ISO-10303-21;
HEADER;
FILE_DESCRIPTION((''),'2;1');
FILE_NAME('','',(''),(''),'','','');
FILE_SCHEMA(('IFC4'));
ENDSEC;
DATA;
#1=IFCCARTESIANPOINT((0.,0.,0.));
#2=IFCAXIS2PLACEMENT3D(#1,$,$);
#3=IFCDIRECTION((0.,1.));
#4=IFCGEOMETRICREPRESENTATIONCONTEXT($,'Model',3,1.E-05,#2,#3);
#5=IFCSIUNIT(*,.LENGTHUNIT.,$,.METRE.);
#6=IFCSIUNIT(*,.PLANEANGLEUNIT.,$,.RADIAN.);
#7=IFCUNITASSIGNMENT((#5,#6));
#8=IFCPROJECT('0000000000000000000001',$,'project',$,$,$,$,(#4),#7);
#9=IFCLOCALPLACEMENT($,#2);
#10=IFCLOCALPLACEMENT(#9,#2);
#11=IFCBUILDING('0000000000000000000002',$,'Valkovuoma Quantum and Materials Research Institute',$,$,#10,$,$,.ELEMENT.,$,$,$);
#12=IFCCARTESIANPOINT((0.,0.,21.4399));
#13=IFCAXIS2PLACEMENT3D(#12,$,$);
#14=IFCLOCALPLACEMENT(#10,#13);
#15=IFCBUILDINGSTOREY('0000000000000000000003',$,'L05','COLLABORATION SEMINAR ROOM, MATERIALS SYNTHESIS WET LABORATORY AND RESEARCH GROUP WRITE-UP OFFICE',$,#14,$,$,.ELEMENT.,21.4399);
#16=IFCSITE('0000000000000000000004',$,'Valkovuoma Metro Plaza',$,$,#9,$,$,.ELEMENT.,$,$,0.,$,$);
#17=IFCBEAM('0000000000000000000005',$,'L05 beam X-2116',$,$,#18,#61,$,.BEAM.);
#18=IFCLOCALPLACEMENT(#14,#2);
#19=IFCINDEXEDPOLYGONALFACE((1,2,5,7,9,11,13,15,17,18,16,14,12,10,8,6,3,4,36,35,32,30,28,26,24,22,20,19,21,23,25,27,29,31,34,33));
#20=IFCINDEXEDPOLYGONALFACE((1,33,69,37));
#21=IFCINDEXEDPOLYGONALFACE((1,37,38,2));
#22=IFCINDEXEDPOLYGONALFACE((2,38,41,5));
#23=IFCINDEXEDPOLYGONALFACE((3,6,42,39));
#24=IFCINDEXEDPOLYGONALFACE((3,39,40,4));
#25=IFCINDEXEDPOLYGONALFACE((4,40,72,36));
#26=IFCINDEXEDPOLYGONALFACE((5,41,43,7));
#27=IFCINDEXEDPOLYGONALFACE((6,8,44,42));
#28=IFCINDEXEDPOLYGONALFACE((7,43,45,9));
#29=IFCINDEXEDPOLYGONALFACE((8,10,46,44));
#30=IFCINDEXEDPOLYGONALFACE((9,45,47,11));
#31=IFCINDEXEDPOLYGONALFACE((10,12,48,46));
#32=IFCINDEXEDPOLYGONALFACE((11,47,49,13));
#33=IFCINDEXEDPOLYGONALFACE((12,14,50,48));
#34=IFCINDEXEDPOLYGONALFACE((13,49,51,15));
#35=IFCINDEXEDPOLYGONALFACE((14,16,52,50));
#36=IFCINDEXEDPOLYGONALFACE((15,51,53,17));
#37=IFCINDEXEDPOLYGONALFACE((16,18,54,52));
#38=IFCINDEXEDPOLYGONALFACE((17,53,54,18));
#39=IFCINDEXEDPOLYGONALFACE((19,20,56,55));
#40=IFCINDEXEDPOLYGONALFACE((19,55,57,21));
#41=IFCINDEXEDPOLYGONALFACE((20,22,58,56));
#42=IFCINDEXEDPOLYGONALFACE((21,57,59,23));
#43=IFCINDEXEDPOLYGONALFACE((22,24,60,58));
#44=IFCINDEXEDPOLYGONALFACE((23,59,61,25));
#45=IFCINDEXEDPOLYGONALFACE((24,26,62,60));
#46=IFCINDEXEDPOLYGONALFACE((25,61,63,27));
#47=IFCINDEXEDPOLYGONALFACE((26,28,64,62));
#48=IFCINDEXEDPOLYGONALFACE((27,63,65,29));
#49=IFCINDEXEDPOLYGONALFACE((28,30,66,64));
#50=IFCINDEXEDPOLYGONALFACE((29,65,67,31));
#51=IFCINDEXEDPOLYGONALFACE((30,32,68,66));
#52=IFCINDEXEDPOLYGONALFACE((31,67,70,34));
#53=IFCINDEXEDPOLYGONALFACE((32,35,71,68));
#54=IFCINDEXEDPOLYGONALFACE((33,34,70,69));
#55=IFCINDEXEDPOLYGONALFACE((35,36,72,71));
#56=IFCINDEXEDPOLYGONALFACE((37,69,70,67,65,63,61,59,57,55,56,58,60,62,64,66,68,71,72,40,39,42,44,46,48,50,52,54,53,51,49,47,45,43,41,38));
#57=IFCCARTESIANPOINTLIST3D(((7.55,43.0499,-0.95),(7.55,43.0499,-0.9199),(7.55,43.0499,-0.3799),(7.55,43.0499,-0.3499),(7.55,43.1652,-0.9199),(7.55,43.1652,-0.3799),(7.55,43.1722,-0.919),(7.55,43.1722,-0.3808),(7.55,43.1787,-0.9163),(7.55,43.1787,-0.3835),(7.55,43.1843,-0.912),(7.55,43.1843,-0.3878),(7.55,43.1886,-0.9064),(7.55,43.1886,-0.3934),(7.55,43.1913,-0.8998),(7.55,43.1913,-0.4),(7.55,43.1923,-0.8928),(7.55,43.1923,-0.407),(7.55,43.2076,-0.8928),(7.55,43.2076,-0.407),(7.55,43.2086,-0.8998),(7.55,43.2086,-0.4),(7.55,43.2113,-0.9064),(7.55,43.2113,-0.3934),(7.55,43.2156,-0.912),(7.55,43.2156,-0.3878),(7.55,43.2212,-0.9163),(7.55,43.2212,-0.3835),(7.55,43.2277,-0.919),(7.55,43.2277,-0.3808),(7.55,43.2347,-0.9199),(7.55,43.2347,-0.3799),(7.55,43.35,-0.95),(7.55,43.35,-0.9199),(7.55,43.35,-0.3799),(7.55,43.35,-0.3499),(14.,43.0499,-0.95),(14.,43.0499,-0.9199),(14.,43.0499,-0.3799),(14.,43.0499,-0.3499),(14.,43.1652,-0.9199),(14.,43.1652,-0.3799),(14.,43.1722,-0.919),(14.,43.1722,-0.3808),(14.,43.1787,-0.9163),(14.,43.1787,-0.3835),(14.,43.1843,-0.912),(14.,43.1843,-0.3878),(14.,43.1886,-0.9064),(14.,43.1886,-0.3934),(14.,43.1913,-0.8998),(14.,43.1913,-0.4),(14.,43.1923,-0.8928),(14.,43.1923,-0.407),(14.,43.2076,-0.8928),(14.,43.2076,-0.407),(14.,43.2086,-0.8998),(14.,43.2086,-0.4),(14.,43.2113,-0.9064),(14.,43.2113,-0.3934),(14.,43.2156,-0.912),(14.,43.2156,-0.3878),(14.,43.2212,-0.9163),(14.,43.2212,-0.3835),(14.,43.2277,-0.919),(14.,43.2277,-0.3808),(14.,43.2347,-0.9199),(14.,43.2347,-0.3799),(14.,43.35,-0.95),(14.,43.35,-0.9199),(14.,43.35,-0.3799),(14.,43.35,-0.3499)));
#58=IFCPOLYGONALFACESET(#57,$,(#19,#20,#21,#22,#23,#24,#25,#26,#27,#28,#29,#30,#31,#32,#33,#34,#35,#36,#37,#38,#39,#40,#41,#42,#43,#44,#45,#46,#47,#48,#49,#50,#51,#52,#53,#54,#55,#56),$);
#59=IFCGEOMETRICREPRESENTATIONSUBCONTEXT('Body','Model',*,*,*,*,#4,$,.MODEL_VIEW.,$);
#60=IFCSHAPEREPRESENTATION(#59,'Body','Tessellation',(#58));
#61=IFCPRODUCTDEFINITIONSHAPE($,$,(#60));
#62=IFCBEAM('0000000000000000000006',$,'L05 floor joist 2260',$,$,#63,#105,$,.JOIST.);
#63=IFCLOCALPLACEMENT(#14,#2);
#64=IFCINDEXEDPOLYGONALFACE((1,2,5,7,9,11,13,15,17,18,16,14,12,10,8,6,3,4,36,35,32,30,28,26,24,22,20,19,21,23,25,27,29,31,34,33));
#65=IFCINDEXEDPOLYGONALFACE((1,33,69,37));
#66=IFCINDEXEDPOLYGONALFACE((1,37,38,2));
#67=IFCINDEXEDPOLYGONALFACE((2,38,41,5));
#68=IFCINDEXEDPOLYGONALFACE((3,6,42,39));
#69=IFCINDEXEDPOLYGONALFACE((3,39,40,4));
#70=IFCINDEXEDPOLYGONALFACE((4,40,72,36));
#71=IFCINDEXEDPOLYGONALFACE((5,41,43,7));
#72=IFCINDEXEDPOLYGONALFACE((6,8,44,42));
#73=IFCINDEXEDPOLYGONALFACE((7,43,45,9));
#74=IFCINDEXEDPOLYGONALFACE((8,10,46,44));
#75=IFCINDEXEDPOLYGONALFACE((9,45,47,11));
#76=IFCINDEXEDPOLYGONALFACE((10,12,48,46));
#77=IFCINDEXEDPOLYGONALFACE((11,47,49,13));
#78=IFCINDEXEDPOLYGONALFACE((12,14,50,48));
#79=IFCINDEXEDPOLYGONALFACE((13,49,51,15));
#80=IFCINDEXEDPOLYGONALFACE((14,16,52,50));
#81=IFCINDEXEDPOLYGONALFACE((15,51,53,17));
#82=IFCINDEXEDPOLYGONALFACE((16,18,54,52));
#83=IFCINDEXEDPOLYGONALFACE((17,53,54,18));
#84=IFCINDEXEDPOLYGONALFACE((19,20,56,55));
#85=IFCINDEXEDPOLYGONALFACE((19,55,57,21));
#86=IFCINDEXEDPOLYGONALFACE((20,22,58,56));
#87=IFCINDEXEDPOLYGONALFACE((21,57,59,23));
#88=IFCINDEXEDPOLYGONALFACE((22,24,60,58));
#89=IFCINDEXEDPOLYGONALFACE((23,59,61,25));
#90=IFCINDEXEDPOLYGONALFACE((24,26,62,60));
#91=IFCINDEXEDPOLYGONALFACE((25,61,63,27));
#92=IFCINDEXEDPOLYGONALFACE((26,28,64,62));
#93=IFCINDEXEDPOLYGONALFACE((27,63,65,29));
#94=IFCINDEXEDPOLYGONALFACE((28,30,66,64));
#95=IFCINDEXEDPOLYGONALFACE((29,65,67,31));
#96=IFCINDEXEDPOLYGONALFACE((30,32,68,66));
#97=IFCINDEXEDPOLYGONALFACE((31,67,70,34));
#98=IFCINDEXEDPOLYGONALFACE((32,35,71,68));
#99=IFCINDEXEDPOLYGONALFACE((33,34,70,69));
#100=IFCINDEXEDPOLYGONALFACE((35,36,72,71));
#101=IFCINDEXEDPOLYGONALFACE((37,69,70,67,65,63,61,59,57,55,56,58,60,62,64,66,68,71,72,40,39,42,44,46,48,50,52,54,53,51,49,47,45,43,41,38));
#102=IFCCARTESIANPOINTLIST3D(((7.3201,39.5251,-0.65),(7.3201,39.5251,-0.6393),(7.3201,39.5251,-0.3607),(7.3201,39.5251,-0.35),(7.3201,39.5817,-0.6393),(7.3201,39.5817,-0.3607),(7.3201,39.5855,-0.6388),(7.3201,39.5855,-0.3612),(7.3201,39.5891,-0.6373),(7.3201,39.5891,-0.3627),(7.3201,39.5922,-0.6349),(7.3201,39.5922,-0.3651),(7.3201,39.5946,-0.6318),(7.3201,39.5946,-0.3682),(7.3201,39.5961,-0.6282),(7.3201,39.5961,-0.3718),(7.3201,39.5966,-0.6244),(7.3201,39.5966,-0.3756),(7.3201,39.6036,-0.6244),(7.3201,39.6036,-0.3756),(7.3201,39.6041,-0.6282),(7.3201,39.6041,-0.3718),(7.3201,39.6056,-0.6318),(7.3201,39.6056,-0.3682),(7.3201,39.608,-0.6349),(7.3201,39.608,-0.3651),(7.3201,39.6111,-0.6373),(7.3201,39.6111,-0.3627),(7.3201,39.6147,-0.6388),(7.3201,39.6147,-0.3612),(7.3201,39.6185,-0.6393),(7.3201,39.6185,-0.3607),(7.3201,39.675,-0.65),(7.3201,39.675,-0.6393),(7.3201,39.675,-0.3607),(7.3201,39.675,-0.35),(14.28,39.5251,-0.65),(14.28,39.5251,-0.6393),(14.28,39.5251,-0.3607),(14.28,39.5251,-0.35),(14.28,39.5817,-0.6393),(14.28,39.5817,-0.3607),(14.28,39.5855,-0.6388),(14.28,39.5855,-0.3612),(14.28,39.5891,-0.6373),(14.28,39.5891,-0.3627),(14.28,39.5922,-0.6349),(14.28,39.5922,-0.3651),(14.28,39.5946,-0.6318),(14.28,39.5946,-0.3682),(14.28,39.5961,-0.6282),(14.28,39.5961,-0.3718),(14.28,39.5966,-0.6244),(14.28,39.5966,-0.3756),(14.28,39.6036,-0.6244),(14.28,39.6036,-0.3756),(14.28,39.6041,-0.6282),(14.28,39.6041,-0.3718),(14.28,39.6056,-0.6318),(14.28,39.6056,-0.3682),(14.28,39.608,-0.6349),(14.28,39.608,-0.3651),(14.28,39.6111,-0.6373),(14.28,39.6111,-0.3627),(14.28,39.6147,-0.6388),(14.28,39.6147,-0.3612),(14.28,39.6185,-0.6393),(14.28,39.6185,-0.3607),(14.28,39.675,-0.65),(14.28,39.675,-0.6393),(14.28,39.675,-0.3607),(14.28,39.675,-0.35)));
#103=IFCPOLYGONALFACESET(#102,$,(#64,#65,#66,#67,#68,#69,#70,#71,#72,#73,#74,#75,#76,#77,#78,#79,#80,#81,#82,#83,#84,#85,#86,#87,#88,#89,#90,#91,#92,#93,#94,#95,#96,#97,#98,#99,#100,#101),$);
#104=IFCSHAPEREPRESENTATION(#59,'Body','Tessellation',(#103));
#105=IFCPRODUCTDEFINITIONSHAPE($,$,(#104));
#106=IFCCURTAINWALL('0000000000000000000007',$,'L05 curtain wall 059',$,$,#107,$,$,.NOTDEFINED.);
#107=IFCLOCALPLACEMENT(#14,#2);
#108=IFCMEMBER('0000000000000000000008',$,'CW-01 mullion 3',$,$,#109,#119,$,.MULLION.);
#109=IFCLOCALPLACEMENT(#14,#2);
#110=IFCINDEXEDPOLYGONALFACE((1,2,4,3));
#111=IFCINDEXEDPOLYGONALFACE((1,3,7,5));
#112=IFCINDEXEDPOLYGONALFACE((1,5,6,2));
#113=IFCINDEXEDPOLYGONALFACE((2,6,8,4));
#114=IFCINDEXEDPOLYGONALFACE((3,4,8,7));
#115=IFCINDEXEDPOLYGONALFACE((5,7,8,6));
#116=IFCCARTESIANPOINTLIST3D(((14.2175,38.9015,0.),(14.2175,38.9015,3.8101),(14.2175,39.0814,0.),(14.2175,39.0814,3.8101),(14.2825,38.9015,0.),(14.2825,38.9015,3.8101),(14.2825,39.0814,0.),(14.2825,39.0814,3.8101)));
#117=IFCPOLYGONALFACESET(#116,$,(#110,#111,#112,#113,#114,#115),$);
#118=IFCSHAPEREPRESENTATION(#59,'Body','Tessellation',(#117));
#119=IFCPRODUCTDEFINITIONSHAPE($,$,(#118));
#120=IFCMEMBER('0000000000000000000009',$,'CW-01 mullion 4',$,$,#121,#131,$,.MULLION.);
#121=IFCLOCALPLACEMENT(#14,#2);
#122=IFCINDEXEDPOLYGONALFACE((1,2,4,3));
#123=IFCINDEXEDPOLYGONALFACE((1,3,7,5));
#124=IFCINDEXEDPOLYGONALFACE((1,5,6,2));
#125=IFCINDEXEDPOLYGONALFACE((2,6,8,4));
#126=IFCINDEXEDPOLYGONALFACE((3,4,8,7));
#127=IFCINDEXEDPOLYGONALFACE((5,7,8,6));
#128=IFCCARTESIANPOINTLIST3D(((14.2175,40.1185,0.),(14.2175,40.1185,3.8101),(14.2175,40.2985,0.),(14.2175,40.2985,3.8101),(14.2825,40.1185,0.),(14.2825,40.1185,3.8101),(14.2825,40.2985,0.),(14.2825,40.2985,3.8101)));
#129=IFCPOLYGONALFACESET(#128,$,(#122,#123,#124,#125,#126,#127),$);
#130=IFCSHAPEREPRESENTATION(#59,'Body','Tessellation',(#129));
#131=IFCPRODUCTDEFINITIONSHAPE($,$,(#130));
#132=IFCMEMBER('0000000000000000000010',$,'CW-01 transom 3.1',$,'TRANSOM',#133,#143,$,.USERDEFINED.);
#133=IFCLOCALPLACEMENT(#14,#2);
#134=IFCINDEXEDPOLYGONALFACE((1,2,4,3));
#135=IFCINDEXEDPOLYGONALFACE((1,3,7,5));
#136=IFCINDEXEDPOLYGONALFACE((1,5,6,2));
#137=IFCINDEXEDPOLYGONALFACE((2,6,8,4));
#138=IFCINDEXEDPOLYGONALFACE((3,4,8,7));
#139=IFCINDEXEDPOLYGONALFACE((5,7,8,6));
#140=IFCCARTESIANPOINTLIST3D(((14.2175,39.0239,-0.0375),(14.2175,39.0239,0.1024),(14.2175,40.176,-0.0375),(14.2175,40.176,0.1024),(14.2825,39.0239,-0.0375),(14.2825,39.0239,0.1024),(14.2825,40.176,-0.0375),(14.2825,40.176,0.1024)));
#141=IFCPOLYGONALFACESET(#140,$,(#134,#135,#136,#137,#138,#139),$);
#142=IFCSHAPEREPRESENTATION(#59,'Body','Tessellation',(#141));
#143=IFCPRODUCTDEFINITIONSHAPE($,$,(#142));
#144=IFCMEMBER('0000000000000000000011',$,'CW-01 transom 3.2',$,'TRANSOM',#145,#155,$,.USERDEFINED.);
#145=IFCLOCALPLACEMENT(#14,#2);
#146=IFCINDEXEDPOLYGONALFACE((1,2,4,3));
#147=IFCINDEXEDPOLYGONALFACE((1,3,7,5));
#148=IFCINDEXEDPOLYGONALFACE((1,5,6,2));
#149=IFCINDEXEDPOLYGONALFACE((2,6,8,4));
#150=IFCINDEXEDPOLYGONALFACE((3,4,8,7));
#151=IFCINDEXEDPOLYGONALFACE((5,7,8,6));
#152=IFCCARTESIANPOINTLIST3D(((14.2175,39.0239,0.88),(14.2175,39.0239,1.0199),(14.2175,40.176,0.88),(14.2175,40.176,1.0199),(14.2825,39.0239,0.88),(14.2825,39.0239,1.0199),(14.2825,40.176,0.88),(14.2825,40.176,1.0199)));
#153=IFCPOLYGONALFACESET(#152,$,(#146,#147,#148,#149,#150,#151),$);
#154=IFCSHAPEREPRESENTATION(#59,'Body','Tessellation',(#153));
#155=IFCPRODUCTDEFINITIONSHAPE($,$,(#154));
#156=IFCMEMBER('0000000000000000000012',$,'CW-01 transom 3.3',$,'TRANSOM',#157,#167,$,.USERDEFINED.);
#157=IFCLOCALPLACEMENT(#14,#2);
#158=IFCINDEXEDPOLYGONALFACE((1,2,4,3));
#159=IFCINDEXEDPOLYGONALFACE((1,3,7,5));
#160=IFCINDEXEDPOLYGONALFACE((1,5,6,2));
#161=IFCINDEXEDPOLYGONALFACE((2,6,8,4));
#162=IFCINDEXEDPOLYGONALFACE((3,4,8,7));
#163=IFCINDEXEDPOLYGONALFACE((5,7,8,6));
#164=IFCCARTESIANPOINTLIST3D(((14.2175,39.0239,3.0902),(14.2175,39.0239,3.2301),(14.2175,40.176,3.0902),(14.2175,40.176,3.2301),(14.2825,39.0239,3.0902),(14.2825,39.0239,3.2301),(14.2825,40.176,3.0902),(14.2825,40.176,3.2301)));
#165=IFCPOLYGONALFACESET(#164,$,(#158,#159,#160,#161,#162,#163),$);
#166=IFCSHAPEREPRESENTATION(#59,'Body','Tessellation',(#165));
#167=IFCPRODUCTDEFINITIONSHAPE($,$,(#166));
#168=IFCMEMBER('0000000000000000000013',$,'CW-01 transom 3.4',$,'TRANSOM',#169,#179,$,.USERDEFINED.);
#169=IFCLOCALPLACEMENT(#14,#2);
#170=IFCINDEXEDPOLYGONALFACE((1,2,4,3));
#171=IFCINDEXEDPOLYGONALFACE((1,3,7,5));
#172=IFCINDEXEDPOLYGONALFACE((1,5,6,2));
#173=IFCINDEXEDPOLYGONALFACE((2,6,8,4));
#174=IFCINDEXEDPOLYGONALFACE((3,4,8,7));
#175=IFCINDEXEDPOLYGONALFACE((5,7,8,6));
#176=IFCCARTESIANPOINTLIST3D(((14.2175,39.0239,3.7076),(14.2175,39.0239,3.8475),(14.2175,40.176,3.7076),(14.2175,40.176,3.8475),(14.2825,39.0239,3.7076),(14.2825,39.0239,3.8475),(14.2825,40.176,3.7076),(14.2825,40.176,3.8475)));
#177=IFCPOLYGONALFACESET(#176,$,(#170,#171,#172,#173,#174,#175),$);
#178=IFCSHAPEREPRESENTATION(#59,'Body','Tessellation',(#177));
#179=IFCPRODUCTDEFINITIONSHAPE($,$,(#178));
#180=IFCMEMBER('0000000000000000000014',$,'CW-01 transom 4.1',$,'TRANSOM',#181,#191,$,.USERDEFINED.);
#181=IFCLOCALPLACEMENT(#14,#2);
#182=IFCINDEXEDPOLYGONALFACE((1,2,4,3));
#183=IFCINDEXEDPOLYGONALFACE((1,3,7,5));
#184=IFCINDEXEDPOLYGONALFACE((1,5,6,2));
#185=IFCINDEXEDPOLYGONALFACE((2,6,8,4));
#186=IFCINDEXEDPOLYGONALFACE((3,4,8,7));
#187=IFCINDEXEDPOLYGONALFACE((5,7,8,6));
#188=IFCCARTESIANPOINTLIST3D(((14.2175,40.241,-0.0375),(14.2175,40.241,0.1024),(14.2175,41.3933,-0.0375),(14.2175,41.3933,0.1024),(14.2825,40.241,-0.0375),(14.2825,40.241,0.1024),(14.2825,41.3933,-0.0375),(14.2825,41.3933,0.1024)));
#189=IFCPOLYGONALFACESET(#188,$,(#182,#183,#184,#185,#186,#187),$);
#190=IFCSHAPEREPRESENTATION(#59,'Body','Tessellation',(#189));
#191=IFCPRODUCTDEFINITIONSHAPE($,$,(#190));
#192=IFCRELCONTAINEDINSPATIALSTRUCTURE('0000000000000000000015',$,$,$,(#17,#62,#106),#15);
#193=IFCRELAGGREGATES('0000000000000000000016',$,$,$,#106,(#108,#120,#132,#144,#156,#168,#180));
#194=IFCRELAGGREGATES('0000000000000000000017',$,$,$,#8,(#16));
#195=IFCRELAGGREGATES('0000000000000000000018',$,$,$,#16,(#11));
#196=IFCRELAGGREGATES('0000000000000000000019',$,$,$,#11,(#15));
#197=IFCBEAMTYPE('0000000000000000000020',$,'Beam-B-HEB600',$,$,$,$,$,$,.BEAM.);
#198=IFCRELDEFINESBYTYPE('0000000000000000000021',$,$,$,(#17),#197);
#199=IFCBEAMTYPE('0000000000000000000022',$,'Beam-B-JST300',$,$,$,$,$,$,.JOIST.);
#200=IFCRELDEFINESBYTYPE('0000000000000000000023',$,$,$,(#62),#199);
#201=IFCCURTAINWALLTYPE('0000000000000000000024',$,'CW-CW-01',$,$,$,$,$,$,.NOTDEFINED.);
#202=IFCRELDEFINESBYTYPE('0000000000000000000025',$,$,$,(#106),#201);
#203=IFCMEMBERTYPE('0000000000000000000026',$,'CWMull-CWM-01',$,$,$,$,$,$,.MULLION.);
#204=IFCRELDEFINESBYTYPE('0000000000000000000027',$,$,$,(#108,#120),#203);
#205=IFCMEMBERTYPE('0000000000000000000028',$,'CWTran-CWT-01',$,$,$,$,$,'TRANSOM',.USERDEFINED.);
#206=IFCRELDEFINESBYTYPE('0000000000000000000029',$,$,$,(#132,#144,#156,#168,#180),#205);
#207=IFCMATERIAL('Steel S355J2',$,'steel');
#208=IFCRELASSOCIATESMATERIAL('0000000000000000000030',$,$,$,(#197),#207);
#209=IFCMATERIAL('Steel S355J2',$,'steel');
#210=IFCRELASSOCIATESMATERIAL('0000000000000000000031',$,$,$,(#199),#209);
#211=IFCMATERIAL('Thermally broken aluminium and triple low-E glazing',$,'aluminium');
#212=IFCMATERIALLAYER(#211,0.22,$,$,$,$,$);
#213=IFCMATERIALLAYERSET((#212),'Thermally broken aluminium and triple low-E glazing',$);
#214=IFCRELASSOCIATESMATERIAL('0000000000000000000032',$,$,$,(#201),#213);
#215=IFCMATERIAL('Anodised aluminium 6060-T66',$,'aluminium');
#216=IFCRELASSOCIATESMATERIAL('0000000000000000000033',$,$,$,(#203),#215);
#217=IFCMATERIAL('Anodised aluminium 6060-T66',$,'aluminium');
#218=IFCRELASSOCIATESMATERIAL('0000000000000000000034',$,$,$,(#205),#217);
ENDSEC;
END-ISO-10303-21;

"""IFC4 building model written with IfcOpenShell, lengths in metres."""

from ifc_helpers import new_model, si_unit, direction, frame, origin, origin_2d, place, context, subcontext, project, spatial, rectangle, i_section, extrude, material, layer, layer_set, material_profile, profile_set, type_object, element, aggregate, save


model = new_model("IFC4")

# Units and contexts
model_context = context("Model", 3, precision=1e-05, world=origin(), true_north=direction((0.0, 1.0)))
body_context = subcontext(model_context, "Body", "Model", "MODEL_VIEW")
ifc_project = project(units=[si_unit("LENGTHUNIT", "METRE"), si_unit("PLANEANGLEUNIT", "RADIAN")], contexts=[model_context])

# Site, building, storey
site_placement = place(None, origin())
site = spatial("IfcSite", under=ifc_project, at=site_placement, Name="Valkovuoma Metro Plaza", CompositionType="ELEMENT", RefElevation=0.0)
building_placement = place(site_placement, origin())
building = spatial("IfcBuilding", under=site, at=building_placement, Name="Valkovuoma Quantum and Materials Research Institute", CompositionType="ELEMENT")
storey_placement = place(building_placement, frame((0.0, 0.0, 21.4399)))
storey = spatial("IfcBuildingStorey", under=building, at=storey_placement, Name="L05", Description="COLLABORATION SEMINAR ROOM, MATERIALS SYNTHESIS WET LABORATORY AND RESEARCH GROUP WRITE-UP OFFICE", CompositionType="ELEMENT", Elevation=21.4399)

# Beams
ifc_material_1 = material(Name="Steel S355J2", Category="steel")
ifc_material_profile_1 = material_profile(ifc_material_1, i_section(OverallWidth=0.3, OverallDepth=0.6001, WebThickness=0.0154, FlangeThickness=0.03, FilletRadius=0.0271, at=origin_2d()), Name="Steel S355J2")
ifc_profile_set_1 = profile_set([ifc_material_profile_1], Name="Steel S355J2")
beam_type_1 = type_object("IfcBeamType", Name="Beam-B-HEB600", PredefinedType="BEAM", material=ifc_profile_set_1)
beam_1_placement = place(storey_placement, frame((7.55, 43.2, -0.6499), z_axis=(1.0, 0.0, 0.0), x_axis=(0.0, 1.0, 0.0)))
element("IfcBeam", 1, at=beam_1_placement, inside=storey, type_object=beam_type_1, Name="L05 beam X-2116", PredefinedType="BEAM", context=body_context, shape_type="SweptSolid", body=[
    extrude(i_section(OverallWidth=0.3, OverallDepth=0.6001, WebThickness=0.0154, FlangeThickness=0.03, FilletRadius=0.0271, at=origin_2d()), origin(), (0.0, 0.0, 1.0), 6.45),
])
ifc_material_2 = material(Name="Steel S355J2", Category="steel")
ifc_material_profile_2 = material_profile(ifc_material_2, i_section(OverallWidth=0.1499, OverallDepth=0.3, WebThickness=0.0071, FlangeThickness=0.0107, FilletRadius=0.0149, at=origin_2d()), Name="Steel S355J2")
ifc_profile_set_2 = profile_set([ifc_material_profile_2], Name="Steel S355J2")
beam_type_2 = type_object("IfcBeamType", Name="Beam-B-JST300", PredefinedType="JOIST", material=ifc_profile_set_2)
beam_2_placement = place(storey_placement, frame((7.3201, 39.6001, -0.5), z_axis=(1.0, 0.0, 0.0), x_axis=(0.0, 1.0, 0.0)))
element("IfcBeam", 2, at=beam_2_placement, inside=storey, type_object=beam_type_2, Name="L05 floor joist 2260", PredefinedType="JOIST", context=body_context, shape_type="SweptSolid", body=[
    extrude(i_section(OverallWidth=0.1499, OverallDepth=0.3, WebThickness=0.0071, FlangeThickness=0.0107, FilletRadius=0.0149, at=origin_2d()), origin(), (0.0, 0.0, 1.0), 6.96),
])

# Curtain wall, members
ifc_material_3 = material(Name="Thermally broken aluminium and triple low-E glazing", Category="aluminium")
ifc_layer_1 = layer(ifc_material_3, 0.22)
ifc_layer_set_1 = layer_set([ifc_layer_1], Name="Thermally broken aluminium and triple low-E glazing")
curtain_wall_type = type_object("IfcCurtainWallType", Name="CW-CW-01", PredefinedType="NOTDEFINED", material=ifc_layer_set_1)
curtain_wall_placement = place(storey_placement, origin())
curtain_wall = element("IfcCurtainWall", 3, at=curtain_wall_placement, inside=storey, type_object=curtain_wall_type, Name="L05 curtain wall 059", PredefinedType="NOTDEFINED")
ifc_material_4 = material(Name="Anodised aluminium 6060-T66", Category="aluminium")
ifc_material_profile_3 = material_profile(ifc_material_4, rectangle(XDim=0.0649, YDim=0.1799, at=origin_2d()), Name="Anodised aluminium 6060-T66")
ifc_profile_set_3 = profile_set([ifc_material_profile_3], Name="Anodised aluminium 6060-T66")
member_type_1 = type_object("IfcMemberType", Name="CWMull-CWM-01", PredefinedType="MULLION", material=ifc_profile_set_3)
member_1_placement = place(storey_placement, frame((14.25, 38.9915, 0.0), z_axis=(0.0, 0.0, 1.0), x_axis=(-1.0, 0.0, 0.0)))
member_1 = element("IfcMember", 4, at=member_1_placement, type_object=member_type_1, Name="CW-01 mullion 3", PredefinedType="MULLION", context=body_context, shape_type="SweptSolid", body=[
    extrude(rectangle(XDim=0.0649, YDim=0.1799, at=origin_2d()), origin(), (0.0, 0.0, 1.0), 3.8101),
])
member_2_placement = place(storey_placement, frame((14.25, 40.2085, 0.0), z_axis=(0.0, 0.0, 1.0), x_axis=(-1.0, 0.0, 0.0)))
member_2 = element("IfcMember", 5, at=member_2_placement, type_object=member_type_1, Name="CW-01 mullion 4", PredefinedType="MULLION", context=body_context, shape_type="SweptSolid", body=[
    extrude(rectangle(XDim=0.0649, YDim=0.1799, at=origin_2d()), origin(), (0.0, 0.0, 1.0), 3.8101),
])
ifc_material_5 = material(Name="Anodised aluminium 6060-T66", Category="aluminium")
ifc_material_profile_4 = material_profile(ifc_material_5, rectangle(XDim=0.0649, YDim=0.1399, at=origin_2d()), Name="Anodised aluminium 6060-T66")
ifc_profile_set_4 = profile_set([ifc_material_profile_4], Name="Anodised aluminium 6060-T66")
member_type_2 = type_object("IfcMemberType", Name="CWTran-CWT-01", ElementType="TRANSOM", PredefinedType="USERDEFINED", material=ifc_profile_set_4)
member_3_placement = place(storey_placement, frame((14.25, 39.0239, 0.0325), z_axis=(0.0, 1.0, 0.0), x_axis=(-1.0, 0.0, 0.0)))
member_3 = element("IfcMember", 6, at=member_3_placement, type_object=member_type_2, Name="CW-01 transom 3.1", ObjectType="TRANSOM", PredefinedType="USERDEFINED", context=body_context, shape_type="SweptSolid", body=[
    extrude(rectangle(XDim=0.0649, YDim=0.1399, at=origin_2d()), origin(), (0.0, 0.0, 1.0), 1.1521),
])
member_4_placement = place(storey_placement, frame((14.25, 39.0239, 0.95), z_axis=(0.0, 1.0, 0.0), x_axis=(-1.0, 0.0, 0.0)))
member_4 = element("IfcMember", 7, at=member_4_placement, type_object=member_type_2, Name="CW-01 transom 3.2", ObjectType="TRANSOM", PredefinedType="USERDEFINED", context=body_context, shape_type="SweptSolid", body=[
    extrude(rectangle(XDim=0.0649, YDim=0.1399, at=origin_2d()), origin(), (0.0, 0.0, 1.0), 1.1521),
])
member_5_placement = place(storey_placement, frame((14.25, 39.0239, 3.1602), z_axis=(0.0, 1.0, 0.0), x_axis=(-1.0, 0.0, 0.0)))
member_5 = element("IfcMember", 8, at=member_5_placement, type_object=member_type_2, Name="CW-01 transom 3.3", ObjectType="TRANSOM", PredefinedType="USERDEFINED", context=body_context, shape_type="SweptSolid", body=[
    extrude(rectangle(XDim=0.0649, YDim=0.1399, at=origin_2d()), origin(), (0.0, 0.0, 1.0), 1.1521),
])
member_6_placement = place(storey_placement, frame((14.25, 39.0239, 3.7776), z_axis=(0.0, 1.0, 0.0), x_axis=(-1.0, 0.0, 0.0)))
member_6 = element("IfcMember", 9, at=member_6_placement, type_object=member_type_2, Name="CW-01 transom 3.4", ObjectType="TRANSOM", PredefinedType="USERDEFINED", context=body_context, shape_type="SweptSolid", body=[
    extrude(rectangle(XDim=0.0649, YDim=0.1399, at=origin_2d()), origin(), (0.0, 0.0, 1.0), 1.1521),
])
member_7_placement = place(storey_placement, frame((14.25, 40.241, 0.0325), z_axis=(0.0, 1.0, 0.0), x_axis=(-1.0, 0.0, 0.0)))
member_7 = element("IfcMember", 10, at=member_7_placement, type_object=member_type_2, Name="CW-01 transom 4.1", ObjectType="TRANSOM", PredefinedType="USERDEFINED", context=body_context, shape_type="SweptSolid", body=[
    extrude(rectangle(XDim=0.0649, YDim=0.1399, at=origin_2d()), origin(), (0.0, 0.0, 1.0), 1.1523),
])
aggregate(curtain_wall, [member_1, member_2, member_3, member_4, member_5, member_6, member_7])

save(model, "model.ifc")
